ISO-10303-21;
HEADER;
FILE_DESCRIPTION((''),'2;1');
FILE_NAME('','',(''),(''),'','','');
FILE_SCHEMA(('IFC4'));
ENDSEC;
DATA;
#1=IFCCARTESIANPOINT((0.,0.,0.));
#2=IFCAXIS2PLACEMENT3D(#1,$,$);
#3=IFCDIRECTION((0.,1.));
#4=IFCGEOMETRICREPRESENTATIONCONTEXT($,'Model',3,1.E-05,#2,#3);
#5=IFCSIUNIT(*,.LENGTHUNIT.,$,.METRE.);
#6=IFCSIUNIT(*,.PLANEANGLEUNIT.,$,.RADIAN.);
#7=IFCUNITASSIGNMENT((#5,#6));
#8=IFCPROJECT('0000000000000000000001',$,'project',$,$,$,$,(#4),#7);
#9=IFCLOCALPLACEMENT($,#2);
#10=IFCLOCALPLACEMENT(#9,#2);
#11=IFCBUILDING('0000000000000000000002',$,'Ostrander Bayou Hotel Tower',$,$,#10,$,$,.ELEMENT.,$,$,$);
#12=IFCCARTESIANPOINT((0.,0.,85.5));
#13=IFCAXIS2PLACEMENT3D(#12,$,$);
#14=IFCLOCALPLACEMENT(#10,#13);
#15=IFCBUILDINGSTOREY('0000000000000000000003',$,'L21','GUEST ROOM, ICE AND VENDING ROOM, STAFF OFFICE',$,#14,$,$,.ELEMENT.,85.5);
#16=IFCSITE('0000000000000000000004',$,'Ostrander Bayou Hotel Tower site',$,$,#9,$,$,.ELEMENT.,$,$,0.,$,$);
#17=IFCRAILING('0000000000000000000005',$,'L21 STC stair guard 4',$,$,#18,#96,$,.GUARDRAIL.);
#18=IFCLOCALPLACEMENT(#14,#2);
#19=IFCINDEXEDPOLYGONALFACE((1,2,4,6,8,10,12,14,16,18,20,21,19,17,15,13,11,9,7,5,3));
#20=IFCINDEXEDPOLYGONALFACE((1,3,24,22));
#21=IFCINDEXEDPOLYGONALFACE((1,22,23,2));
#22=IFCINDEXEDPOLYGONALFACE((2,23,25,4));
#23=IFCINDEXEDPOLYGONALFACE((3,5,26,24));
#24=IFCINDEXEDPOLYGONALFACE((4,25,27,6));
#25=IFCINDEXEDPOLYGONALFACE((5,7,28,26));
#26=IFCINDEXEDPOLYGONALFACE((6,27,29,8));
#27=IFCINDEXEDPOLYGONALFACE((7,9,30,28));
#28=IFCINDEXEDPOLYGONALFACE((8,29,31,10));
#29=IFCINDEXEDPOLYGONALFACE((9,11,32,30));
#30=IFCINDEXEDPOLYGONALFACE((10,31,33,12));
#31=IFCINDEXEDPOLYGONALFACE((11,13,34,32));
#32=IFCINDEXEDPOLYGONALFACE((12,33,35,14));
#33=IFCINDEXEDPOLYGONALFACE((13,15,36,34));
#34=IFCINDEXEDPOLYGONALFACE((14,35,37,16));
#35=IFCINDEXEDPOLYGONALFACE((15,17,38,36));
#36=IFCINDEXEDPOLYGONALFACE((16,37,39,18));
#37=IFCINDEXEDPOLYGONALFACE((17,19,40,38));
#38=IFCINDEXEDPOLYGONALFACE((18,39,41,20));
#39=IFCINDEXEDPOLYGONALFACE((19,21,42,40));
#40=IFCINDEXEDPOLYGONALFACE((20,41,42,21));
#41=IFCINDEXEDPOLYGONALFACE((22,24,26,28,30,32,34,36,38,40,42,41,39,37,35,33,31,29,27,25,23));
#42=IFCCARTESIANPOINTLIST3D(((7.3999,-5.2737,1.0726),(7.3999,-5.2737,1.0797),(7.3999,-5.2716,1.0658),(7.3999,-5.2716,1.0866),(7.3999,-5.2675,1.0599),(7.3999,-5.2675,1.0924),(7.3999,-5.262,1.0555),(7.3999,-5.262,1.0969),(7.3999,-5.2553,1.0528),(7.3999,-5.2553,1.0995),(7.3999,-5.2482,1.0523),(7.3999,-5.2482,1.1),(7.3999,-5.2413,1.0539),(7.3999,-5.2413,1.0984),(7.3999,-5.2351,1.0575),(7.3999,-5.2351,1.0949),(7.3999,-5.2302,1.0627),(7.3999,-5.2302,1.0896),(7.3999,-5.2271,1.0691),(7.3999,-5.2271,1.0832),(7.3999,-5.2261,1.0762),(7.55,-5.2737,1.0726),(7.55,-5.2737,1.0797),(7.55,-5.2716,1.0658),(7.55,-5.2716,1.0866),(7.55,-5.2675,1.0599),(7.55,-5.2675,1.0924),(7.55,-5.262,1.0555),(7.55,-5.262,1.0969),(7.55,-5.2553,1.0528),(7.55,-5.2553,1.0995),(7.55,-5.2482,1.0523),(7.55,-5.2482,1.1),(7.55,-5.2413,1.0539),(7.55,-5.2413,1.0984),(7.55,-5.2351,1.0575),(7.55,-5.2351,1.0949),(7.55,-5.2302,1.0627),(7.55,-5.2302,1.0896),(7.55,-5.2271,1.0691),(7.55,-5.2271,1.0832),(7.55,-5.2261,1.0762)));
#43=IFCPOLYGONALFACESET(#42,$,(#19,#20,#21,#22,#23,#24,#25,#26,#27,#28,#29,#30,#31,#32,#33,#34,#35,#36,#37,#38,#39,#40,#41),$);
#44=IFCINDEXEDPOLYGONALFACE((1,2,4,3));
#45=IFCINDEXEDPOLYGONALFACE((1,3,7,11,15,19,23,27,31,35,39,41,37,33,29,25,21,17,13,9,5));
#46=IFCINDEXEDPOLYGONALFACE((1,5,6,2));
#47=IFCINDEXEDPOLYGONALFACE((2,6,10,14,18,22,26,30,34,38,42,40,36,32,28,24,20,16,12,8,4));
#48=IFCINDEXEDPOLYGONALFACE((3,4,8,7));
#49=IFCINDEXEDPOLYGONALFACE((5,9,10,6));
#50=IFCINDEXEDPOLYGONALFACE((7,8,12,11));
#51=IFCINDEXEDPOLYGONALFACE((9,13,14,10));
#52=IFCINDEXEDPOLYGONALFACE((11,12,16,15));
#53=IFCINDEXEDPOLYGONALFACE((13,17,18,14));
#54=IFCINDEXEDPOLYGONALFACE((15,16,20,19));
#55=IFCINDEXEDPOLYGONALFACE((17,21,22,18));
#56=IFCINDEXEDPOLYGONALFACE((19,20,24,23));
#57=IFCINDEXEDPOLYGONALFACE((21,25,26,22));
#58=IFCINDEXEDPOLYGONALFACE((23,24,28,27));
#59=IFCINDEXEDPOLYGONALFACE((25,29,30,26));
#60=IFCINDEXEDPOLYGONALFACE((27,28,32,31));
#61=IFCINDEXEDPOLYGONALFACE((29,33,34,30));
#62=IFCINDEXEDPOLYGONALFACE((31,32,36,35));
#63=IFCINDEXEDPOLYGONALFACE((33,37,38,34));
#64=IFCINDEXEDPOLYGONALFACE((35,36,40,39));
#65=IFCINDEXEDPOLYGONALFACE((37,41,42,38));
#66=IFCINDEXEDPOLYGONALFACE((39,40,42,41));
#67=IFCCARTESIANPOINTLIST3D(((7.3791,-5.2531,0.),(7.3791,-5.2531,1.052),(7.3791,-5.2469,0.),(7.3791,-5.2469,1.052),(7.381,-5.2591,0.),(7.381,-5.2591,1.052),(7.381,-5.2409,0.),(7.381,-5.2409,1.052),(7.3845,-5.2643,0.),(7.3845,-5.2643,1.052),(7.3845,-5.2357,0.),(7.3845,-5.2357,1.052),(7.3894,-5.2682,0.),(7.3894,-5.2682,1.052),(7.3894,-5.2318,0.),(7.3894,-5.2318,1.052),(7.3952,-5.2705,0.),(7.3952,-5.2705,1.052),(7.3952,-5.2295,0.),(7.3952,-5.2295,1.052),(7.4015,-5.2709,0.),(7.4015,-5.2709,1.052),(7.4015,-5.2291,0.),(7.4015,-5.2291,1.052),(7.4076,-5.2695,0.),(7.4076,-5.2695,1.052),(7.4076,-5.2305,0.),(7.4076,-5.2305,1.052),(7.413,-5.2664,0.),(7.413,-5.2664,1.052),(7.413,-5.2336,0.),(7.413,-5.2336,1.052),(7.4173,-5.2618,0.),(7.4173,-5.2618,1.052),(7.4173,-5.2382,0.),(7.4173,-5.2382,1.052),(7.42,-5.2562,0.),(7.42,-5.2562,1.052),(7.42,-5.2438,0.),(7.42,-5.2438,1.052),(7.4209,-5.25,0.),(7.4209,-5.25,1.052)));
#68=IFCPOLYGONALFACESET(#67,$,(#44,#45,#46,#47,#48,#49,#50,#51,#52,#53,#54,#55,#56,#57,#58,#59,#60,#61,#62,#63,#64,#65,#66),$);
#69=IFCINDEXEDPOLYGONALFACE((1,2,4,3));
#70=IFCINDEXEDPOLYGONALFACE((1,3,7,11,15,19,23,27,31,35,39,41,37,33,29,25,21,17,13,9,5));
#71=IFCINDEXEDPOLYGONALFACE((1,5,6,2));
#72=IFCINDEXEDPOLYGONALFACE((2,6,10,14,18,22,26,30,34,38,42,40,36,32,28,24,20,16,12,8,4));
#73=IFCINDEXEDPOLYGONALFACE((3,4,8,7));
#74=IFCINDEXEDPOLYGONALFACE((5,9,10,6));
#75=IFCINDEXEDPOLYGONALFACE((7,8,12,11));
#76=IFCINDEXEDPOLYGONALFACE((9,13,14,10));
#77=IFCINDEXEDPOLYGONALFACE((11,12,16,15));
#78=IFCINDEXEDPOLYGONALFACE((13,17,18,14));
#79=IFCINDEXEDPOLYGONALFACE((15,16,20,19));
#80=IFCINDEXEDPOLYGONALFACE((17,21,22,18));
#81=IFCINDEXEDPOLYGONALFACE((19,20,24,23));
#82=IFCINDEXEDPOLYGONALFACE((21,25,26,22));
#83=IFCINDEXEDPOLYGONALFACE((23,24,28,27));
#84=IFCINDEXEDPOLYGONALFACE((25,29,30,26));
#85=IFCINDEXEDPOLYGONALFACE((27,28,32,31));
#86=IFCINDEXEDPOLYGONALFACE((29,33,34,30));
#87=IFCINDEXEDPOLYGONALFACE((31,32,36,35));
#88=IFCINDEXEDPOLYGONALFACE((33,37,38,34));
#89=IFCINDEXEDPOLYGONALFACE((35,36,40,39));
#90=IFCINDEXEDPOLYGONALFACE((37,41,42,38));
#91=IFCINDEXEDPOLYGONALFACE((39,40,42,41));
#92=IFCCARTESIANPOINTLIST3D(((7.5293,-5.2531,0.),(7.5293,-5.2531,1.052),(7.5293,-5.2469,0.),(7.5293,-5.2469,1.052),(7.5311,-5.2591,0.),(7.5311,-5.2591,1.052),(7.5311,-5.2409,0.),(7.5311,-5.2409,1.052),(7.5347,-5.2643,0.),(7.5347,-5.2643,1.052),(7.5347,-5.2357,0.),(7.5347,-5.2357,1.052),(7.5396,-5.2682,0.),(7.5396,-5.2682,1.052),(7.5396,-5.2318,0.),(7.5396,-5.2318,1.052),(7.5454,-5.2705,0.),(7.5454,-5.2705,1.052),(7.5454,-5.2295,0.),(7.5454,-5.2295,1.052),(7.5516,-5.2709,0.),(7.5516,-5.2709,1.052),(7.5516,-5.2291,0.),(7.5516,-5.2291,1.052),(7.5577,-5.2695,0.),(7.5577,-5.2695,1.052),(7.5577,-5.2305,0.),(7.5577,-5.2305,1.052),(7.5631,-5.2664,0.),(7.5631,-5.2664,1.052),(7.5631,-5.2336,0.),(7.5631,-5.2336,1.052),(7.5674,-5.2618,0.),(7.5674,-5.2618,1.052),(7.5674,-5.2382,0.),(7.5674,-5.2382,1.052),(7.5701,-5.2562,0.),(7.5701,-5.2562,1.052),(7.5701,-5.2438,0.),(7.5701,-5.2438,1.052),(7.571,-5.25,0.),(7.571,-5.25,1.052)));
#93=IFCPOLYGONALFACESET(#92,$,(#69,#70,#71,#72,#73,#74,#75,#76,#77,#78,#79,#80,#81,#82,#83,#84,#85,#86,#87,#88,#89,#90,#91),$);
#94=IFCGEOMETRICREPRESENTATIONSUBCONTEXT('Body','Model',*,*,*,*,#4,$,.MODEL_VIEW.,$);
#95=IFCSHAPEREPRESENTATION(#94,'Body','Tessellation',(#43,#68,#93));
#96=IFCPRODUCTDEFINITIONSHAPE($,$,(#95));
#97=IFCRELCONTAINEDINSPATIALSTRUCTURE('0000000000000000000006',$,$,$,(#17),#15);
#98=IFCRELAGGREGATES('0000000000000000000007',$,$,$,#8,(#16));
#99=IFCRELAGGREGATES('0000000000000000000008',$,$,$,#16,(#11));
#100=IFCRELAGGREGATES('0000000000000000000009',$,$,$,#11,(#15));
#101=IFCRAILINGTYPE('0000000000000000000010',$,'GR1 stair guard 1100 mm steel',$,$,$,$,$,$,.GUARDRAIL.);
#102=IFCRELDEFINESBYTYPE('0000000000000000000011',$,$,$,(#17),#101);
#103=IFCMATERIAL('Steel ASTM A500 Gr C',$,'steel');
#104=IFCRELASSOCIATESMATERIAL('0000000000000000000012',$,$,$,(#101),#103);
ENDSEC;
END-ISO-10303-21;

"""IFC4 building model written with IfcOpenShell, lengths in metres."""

from ifc_helpers import new_model, si_unit, direction, frame, origin, origin_2d, place, context, subcontext, project, spatial, circle, extrude, material, type_object, element, save


model = new_model("IFC4")

# Units and contexts
model_context = context("Model", 3, precision=1e-05, world=origin(), true_north=direction((0.0, 1.0)))
body_context = subcontext(model_context, "Body", "Model", "MODEL_VIEW")
ifc_project = project(units=[si_unit("LENGTHUNIT", "METRE"), si_unit("PLANEANGLEUNIT", "RADIAN")], contexts=[model_context])

# Site, building, storey
site_placement = place(None, origin())
site = spatial("IfcSite", under=ifc_project, at=site_placement, Name="Ostrander Bayou Hotel Tower site", CompositionType="ELEMENT", RefElevation=0.0)
building_placement = place(site_placement, origin())
building = spatial("IfcBuilding", under=site, at=building_placement, Name="Ostrander Bayou Hotel Tower", CompositionType="ELEMENT")
storey_placement = place(building_placement, frame((0.0, 0.0, 85.5)))
storey = spatial("IfcBuildingStorey", under=building, at=storey_placement, Name="L21", Description="GUEST ROOM, ICE AND VENDING ROOM, STAFF OFFICE", CompositionType="ELEMENT", Elevation=85.5)

# Railing
ifc_material_1 = material(Name="Steel ASTM A500 Gr C", Category="steel")
railing_type_1 = type_object("IfcRailingType", Name="GR1 stair guard 1100 mm steel", PredefinedType="GUARDRAIL", material=ifc_material_1)
railing_1_placement = place(storey_placement, frame((7.3999, -5.25, 0.0)))
element("IfcRailing", 1, at=railing_1_placement, inside=storey, type_object=railing_type_1, Name="L21 STC stair guard 4", PredefinedType="GUARDRAIL", context=body_context, shape_type="SweptSolid", body=[
    extrude(circle(Radius=0.0239, at=origin_2d()), frame((0.0, 0.0, 1.0762), z_axis=(1.0, 0.0, 0.0), x_axis=(0.0, 1.0, 0.0)), (0.0, 0.0, 1.0), 0.1501),
    extrude(circle(Radius=0.021, at=origin_2d()), origin(), (0.0, 0.0, 1.0), 1.052),
    extrude(circle(Radius=0.021, at=origin_2d()), frame((0.1501, 0.0, 0.0)), (0.0, 0.0, 1.0), 1.052),
])

save(model, "model.ifc")
